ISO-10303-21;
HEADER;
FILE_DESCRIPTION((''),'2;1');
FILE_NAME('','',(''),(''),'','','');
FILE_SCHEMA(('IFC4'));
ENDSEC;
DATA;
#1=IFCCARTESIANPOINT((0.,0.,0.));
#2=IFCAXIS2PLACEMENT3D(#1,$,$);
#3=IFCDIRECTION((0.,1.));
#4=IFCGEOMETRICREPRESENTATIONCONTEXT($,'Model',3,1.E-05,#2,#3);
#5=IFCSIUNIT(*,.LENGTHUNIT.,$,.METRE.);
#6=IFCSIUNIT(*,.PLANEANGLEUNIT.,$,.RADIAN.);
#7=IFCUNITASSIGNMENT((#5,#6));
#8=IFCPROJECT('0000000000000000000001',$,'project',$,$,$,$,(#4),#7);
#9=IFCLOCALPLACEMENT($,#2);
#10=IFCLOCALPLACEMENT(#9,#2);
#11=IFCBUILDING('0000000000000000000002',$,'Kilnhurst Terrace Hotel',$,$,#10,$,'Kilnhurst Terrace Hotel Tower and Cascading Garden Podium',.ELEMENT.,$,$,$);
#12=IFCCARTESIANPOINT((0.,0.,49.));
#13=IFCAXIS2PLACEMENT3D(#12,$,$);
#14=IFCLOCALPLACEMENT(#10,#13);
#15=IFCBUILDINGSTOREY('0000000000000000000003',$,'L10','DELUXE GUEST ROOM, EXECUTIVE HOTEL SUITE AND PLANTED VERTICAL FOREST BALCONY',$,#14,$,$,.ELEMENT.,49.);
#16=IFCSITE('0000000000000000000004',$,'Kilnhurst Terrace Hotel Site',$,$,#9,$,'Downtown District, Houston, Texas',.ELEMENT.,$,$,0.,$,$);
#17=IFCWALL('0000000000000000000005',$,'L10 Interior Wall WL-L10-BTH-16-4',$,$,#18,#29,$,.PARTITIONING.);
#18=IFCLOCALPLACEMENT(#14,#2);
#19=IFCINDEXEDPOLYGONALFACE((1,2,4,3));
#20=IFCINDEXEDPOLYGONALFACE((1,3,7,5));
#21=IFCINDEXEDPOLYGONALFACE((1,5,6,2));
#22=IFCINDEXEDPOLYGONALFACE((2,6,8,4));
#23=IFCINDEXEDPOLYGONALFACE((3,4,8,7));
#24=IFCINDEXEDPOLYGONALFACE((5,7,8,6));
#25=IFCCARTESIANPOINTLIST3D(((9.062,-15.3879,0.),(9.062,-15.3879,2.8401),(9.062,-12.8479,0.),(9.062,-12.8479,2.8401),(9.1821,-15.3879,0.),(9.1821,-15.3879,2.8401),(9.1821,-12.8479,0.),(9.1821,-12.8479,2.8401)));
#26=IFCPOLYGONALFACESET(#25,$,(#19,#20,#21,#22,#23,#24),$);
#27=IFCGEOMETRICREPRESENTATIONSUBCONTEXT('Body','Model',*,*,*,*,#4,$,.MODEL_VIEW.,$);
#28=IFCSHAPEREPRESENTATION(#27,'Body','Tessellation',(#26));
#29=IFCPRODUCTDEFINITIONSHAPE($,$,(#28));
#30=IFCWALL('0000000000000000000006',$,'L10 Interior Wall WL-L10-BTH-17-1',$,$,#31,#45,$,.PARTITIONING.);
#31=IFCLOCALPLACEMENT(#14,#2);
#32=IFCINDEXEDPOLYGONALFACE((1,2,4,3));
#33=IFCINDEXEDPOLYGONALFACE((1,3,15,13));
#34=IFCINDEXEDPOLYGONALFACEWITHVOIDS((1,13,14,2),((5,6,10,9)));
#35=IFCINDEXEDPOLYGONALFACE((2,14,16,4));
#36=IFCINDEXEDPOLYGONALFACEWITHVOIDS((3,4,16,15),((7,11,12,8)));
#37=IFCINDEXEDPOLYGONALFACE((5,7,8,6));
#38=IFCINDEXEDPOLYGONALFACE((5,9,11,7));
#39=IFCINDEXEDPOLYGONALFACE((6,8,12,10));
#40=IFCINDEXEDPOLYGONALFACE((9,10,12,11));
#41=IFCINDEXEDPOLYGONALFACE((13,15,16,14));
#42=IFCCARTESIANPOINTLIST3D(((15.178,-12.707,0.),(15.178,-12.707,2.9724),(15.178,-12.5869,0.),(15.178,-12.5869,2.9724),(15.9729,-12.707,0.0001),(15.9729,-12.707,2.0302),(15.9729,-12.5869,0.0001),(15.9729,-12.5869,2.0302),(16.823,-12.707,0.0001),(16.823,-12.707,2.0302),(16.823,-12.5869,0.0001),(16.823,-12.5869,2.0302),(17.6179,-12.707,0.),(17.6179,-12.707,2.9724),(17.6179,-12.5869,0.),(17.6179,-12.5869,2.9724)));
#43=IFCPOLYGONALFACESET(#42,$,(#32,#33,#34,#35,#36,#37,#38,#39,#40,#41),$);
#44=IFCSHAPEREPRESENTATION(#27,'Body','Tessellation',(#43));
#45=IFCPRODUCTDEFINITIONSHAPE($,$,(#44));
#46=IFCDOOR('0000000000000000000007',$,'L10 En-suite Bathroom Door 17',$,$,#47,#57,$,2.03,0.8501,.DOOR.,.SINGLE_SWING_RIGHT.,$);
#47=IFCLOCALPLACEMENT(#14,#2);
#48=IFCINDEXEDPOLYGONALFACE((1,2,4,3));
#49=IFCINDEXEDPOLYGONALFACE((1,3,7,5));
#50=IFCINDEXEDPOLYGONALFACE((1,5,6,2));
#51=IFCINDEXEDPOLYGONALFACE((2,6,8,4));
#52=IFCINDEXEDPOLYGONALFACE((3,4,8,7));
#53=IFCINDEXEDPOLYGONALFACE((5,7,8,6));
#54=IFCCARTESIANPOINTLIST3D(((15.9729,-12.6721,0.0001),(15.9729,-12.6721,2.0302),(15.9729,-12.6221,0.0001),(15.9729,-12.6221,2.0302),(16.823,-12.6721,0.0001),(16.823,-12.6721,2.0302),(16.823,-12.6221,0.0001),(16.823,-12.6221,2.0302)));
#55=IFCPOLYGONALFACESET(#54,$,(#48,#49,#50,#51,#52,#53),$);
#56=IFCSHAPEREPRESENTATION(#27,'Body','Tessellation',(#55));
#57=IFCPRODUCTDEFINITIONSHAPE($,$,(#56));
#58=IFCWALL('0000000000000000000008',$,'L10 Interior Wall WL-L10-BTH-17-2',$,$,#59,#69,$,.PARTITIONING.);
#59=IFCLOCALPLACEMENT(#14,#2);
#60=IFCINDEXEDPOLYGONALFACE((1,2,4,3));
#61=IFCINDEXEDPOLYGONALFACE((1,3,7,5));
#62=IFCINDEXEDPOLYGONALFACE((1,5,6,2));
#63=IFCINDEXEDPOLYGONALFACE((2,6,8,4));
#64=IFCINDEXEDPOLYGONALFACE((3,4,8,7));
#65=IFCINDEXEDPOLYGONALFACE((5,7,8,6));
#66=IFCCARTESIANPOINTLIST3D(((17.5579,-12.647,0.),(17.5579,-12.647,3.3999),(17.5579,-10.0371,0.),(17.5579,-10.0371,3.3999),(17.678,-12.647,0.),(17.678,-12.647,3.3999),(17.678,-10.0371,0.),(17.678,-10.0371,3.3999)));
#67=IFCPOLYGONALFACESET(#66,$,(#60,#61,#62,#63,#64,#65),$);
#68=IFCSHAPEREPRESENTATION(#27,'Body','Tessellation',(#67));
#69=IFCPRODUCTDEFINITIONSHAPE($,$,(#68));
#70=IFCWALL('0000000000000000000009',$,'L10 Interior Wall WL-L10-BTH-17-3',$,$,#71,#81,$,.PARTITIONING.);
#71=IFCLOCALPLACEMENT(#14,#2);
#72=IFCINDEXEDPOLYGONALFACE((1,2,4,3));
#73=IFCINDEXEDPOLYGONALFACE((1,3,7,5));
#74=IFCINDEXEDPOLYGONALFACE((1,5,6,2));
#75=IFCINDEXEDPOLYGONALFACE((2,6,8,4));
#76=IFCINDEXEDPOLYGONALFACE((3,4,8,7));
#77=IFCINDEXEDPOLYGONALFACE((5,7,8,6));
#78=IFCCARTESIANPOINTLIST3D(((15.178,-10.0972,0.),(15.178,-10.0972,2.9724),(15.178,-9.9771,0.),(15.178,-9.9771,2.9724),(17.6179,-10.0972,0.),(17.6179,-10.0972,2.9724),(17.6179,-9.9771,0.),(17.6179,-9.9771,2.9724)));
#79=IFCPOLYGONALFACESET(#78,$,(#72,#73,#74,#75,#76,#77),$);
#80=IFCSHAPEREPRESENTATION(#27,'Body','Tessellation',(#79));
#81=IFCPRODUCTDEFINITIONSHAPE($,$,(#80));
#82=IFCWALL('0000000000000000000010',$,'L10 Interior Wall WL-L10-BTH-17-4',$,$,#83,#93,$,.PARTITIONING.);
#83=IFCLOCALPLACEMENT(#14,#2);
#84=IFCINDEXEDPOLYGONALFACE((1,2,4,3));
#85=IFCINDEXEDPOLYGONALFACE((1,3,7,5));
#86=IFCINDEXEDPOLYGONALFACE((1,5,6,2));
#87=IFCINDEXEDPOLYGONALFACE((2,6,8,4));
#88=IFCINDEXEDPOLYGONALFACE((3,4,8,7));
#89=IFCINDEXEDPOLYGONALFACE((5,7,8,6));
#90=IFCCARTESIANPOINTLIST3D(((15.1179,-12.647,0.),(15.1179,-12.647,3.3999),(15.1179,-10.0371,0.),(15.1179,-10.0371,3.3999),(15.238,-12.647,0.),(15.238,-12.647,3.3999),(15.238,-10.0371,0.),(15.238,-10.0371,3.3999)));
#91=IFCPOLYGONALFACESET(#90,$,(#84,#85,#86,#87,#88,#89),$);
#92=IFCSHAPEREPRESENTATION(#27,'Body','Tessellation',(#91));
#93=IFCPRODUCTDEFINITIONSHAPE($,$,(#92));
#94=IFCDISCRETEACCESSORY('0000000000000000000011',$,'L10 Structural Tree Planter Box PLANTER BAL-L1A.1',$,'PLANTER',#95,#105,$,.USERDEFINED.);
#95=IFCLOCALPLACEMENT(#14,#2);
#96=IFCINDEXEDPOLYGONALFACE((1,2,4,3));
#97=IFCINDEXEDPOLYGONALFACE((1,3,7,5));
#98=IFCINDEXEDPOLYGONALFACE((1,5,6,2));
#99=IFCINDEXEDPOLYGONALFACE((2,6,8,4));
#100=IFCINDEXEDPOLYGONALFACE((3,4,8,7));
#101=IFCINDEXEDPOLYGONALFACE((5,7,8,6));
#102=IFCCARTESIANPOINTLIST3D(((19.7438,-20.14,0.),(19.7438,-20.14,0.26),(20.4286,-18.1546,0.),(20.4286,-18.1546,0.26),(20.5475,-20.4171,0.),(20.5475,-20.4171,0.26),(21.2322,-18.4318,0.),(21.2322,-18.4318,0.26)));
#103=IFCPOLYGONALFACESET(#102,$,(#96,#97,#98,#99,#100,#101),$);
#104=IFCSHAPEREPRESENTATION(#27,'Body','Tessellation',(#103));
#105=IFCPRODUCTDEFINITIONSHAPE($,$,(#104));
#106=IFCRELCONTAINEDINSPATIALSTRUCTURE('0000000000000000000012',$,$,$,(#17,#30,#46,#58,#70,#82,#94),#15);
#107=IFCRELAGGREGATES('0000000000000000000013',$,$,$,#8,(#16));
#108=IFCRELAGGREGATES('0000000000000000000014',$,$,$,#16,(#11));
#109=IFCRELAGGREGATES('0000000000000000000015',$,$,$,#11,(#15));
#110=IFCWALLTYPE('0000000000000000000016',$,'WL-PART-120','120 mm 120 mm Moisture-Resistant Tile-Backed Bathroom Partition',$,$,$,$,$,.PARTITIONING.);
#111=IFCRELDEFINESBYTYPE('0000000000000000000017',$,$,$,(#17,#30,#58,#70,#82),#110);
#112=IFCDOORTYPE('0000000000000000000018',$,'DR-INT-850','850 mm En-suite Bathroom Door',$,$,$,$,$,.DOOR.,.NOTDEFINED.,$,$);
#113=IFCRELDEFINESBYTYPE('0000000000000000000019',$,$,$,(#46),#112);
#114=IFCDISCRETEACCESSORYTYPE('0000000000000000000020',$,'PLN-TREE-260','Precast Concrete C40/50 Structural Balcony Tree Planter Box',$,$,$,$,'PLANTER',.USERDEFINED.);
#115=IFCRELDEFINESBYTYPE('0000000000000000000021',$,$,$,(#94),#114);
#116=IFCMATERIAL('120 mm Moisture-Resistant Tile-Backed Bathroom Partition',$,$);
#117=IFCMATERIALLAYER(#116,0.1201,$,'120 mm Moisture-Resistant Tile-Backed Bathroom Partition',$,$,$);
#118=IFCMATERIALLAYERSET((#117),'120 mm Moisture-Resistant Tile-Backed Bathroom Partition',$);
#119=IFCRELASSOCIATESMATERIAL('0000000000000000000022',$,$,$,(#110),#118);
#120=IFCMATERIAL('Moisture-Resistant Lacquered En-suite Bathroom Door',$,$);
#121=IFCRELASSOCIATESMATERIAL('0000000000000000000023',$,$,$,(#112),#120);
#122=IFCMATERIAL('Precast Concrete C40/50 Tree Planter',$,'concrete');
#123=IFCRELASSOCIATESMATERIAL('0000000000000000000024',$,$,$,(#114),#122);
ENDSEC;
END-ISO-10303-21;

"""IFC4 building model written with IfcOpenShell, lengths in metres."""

from ifc_helpers import new_model, si_unit, direction, frame, frame_2d, origin, origin_2d, place, context, subcontext, project, spatial, rectangle, extrude, material, layer, layer_set, type_object, element, fill, save


model = new_model("IFC4")

# Units and contexts
model_context = context("Model", 3, precision=1e-05, world=origin(), true_north=direction((0.0, 1.0)))
body_context = subcontext(model_context, "Body", "Model", "MODEL_VIEW")
ifc_project = project(units=[si_unit("LENGTHUNIT", "METRE"), si_unit("PLANEANGLEUNIT", "RADIAN")], contexts=[model_context])

# Site, building, storey
site_placement = place(None, origin())
site = spatial("IfcSite", under=ifc_project, at=site_placement, Name="Kilnhurst Terrace Hotel Site", LongName="Downtown District, Houston, Texas", CompositionType="ELEMENT", RefElevation=0.0)
building_placement = place(site_placement, origin())
building = spatial("IfcBuilding", under=site, at=building_placement, Name="Kilnhurst Terrace Hotel", LongName="Kilnhurst Terrace Hotel Tower and Cascading Garden Podium", CompositionType="ELEMENT")
storey_placement = place(building_placement, frame((0.0, 0.0, 49.0)))
storey = spatial("IfcBuildingStorey", under=building, at=storey_placement, Name="L10", Description="DELUXE GUEST ROOM, EXECUTIVE HOTEL SUITE AND PLANTED VERTICAL FOREST BALCONY", CompositionType="ELEMENT", Elevation=49.0)

# Shared definitions
ifc_material_1 = material(Name="120 mm Moisture-Resistant Tile-Backed Bathroom Partition")
ifc_layer_1 = layer(ifc_material_1, 0.1201, Name="120 mm Moisture-Resistant Tile-Backed Bathroom Partition")
ifc_layer_set_1 = layer_set([ifc_layer_1], Name="120 mm Moisture-Resistant Tile-Backed Bathroom Partition")
wall_type_1 = type_object("IfcWallType", Name="WL-PART-120", Description="120 mm 120 mm Moisture-Resistant Tile-Backed Bathroom Partition", PredefinedType="PARTITIONING", material=ifc_layer_set_1)
ifc_material_2 = material(Name="Moisture-Resistant Lacquered En-suite Bathroom Door")
door_type_1 = type_object("IfcDoorType", Name="DR-INT-850", Description="850 mm En-suite Bathroom Door", OperationType="NOTDEFINED", PredefinedType="DOOR", material=ifc_material_2)

# Wall
wall_1_placement = place(storey_placement, frame((9.1221, -12.8479, 0.0), z_axis=(0.0, 0.0, 1.0), x_axis=(0.0, -1.0, 0.0)))
element("IfcWall", 1, at=wall_1_placement, inside=storey, type_object=wall_type_1, Name="L10 Interior Wall WL-L10-BTH-16-4", PredefinedType="PARTITIONING", context=body_context, shape_type="SweptSolid", body=[
    extrude(rectangle(XDim=2.54, YDim=0.1201, at=frame_2d((1.27, 0.0))), origin(), (0.0, 0.0, 1.0), 2.8401),
])

# Wall, opening, door
wall_2_placement = place(storey_placement, frame((15.178, -12.647, 0.0), z_axis=(0.0, 0.0, 1.0), x_axis=(1.0, 0.0, 0.0)))
wall_2 = element("IfcWall", 2, at=wall_2_placement, inside=storey, type_object=wall_type_1, Name="L10 Interior Wall WL-L10-BTH-17-1", PredefinedType="PARTITIONING", context=body_context, shape_type="SweptSolid", body=[
    extrude(rectangle(XDim=2.4399, YDim=0.1201, at=frame_2d((1.22, 0.0))), origin(), (0.0, 0.0, 1.0), 2.9724),
])
opening_1_placement = place(wall_2_placement, frame((0.7949, 0.0, 0.0)))
opening_1 = element("IfcOpeningElement", 3, at=opening_1_placement, cuts=wall_2, PredefinedType="OPENING", context=body_context, shape_type="SweptSolid", body=[
    extrude(rectangle(XDim=0.8501, YDim=2.03, at=frame_2d((0.425, 1.0151))), frame((0.0, 0.0701, 0.0), z_axis=(0.0, -1.0, 0.0), x_axis=(1.0, 0.0, 0.0)), (0.0, 0.0, 1.0), 0.1401),
])
door_1_placement = place(opening_1_placement, origin())
door_1 = element("IfcDoor", 4, at=door_1_placement, inside=storey, type_object=door_type_1, Name="L10 En-suite Bathroom Door 17", OperationType="SINGLE_SWING_RIGHT", OverallHeight=2.03, OverallWidth=0.8501, PredefinedType="DOOR", context=body_context, shape_type="SweptSolid", body=[
    extrude(rectangle(XDim=0.8501, YDim=2.03, at=frame_2d((0.425, 1.0151))), frame((0.0, 0.0249, 0.0), z_axis=(0.0, -1.0, 0.0), x_axis=(1.0, 0.0, 0.0)), (0.0, 0.0, 1.0), 0.05),
])
fill(opening_1, door_1)

# Walls
wall_3_placement = place(storey_placement, frame((17.6179, -12.647, 0.0), z_axis=(0.0, 0.0, 1.0), x_axis=(0.0, 1.0, 0.0)))
element("IfcWall", 5, at=wall_3_placement, inside=storey, type_object=wall_type_1, Name="L10 Interior Wall WL-L10-BTH-17-2", PredefinedType="PARTITIONING", context=body_context, shape_type="SweptSolid", body=[
    extrude(rectangle(XDim=2.6099, YDim=0.1201, at=frame_2d((1.3049, 0.0))), origin(), (0.0, 0.0, 1.0), 3.3999),
])
wall_4_placement = place(storey_placement, frame((17.6179, -10.0371, 0.0), z_axis=(0.0, 0.0, 1.0), x_axis=(-1.0, 0.0, 0.0)))
element("IfcWall", 6, at=wall_4_placement, inside=storey, type_object=wall_type_1, Name="L10 Interior Wall WL-L10-BTH-17-3", PredefinedType="PARTITIONING", context=body_context, shape_type="SweptSolid", body=[
    extrude(rectangle(XDim=2.4399, YDim=0.1201, at=frame_2d((1.22, 0.0))), origin(), (0.0, 0.0, 1.0), 2.9724),
])
wall_5_placement = place(storey_placement, frame((15.178, -10.0371, 0.0), z_axis=(0.0, 0.0, 1.0), x_axis=(0.0, -1.0, 0.0)))
element("IfcWall", 7, at=wall_5_placement, inside=storey, type_object=wall_type_1, Name="L10 Interior Wall WL-L10-BTH-17-4", PredefinedType="PARTITIONING", context=body_context, shape_type="SweptSolid", body=[
    extrude(rectangle(XDim=2.6099, YDim=0.1201, at=frame_2d((1.3049, 0.0))), origin(), (0.0, 0.0, 1.0), 3.3999),
])

# Discrete accessory
ifc_material_3 = material(Name="Precast Concrete C40/50 Tree Planter", Category="concrete")
discrete_accessory_type = type_object("IfcDiscreteAccessoryType", Name="PLN-TREE-260", Description="Precast Concrete C40/50 Structural Balcony Tree Planter Box", ElementType="PLANTER", PredefinedType="USERDEFINED", material=ifc_material_3)
discrete_accessory_placement = place(storey_placement, frame((20.488, -19.2859, 0.0), z_axis=(0.0, 0.0, 1.0), x_axis=(0.326063, 0.945348, 0.0)))
element("IfcDiscreteAccessory", 8, at=discrete_accessory_placement, inside=storey, type_object=discrete_accessory_type, Name="L10 Structural Tree Planter Box PLANTER BAL-L1A.1", ObjectType="PLANTER", PredefinedType="USERDEFINED", context=body_context, shape_type="SweptSolid", body=[
    extrude(rectangle(XDim=2.1001, YDim=0.8501, at=origin_2d()), origin(), (0.0, 0.0, 1.0), 0.26),
])

save(model, "model.ifc")
